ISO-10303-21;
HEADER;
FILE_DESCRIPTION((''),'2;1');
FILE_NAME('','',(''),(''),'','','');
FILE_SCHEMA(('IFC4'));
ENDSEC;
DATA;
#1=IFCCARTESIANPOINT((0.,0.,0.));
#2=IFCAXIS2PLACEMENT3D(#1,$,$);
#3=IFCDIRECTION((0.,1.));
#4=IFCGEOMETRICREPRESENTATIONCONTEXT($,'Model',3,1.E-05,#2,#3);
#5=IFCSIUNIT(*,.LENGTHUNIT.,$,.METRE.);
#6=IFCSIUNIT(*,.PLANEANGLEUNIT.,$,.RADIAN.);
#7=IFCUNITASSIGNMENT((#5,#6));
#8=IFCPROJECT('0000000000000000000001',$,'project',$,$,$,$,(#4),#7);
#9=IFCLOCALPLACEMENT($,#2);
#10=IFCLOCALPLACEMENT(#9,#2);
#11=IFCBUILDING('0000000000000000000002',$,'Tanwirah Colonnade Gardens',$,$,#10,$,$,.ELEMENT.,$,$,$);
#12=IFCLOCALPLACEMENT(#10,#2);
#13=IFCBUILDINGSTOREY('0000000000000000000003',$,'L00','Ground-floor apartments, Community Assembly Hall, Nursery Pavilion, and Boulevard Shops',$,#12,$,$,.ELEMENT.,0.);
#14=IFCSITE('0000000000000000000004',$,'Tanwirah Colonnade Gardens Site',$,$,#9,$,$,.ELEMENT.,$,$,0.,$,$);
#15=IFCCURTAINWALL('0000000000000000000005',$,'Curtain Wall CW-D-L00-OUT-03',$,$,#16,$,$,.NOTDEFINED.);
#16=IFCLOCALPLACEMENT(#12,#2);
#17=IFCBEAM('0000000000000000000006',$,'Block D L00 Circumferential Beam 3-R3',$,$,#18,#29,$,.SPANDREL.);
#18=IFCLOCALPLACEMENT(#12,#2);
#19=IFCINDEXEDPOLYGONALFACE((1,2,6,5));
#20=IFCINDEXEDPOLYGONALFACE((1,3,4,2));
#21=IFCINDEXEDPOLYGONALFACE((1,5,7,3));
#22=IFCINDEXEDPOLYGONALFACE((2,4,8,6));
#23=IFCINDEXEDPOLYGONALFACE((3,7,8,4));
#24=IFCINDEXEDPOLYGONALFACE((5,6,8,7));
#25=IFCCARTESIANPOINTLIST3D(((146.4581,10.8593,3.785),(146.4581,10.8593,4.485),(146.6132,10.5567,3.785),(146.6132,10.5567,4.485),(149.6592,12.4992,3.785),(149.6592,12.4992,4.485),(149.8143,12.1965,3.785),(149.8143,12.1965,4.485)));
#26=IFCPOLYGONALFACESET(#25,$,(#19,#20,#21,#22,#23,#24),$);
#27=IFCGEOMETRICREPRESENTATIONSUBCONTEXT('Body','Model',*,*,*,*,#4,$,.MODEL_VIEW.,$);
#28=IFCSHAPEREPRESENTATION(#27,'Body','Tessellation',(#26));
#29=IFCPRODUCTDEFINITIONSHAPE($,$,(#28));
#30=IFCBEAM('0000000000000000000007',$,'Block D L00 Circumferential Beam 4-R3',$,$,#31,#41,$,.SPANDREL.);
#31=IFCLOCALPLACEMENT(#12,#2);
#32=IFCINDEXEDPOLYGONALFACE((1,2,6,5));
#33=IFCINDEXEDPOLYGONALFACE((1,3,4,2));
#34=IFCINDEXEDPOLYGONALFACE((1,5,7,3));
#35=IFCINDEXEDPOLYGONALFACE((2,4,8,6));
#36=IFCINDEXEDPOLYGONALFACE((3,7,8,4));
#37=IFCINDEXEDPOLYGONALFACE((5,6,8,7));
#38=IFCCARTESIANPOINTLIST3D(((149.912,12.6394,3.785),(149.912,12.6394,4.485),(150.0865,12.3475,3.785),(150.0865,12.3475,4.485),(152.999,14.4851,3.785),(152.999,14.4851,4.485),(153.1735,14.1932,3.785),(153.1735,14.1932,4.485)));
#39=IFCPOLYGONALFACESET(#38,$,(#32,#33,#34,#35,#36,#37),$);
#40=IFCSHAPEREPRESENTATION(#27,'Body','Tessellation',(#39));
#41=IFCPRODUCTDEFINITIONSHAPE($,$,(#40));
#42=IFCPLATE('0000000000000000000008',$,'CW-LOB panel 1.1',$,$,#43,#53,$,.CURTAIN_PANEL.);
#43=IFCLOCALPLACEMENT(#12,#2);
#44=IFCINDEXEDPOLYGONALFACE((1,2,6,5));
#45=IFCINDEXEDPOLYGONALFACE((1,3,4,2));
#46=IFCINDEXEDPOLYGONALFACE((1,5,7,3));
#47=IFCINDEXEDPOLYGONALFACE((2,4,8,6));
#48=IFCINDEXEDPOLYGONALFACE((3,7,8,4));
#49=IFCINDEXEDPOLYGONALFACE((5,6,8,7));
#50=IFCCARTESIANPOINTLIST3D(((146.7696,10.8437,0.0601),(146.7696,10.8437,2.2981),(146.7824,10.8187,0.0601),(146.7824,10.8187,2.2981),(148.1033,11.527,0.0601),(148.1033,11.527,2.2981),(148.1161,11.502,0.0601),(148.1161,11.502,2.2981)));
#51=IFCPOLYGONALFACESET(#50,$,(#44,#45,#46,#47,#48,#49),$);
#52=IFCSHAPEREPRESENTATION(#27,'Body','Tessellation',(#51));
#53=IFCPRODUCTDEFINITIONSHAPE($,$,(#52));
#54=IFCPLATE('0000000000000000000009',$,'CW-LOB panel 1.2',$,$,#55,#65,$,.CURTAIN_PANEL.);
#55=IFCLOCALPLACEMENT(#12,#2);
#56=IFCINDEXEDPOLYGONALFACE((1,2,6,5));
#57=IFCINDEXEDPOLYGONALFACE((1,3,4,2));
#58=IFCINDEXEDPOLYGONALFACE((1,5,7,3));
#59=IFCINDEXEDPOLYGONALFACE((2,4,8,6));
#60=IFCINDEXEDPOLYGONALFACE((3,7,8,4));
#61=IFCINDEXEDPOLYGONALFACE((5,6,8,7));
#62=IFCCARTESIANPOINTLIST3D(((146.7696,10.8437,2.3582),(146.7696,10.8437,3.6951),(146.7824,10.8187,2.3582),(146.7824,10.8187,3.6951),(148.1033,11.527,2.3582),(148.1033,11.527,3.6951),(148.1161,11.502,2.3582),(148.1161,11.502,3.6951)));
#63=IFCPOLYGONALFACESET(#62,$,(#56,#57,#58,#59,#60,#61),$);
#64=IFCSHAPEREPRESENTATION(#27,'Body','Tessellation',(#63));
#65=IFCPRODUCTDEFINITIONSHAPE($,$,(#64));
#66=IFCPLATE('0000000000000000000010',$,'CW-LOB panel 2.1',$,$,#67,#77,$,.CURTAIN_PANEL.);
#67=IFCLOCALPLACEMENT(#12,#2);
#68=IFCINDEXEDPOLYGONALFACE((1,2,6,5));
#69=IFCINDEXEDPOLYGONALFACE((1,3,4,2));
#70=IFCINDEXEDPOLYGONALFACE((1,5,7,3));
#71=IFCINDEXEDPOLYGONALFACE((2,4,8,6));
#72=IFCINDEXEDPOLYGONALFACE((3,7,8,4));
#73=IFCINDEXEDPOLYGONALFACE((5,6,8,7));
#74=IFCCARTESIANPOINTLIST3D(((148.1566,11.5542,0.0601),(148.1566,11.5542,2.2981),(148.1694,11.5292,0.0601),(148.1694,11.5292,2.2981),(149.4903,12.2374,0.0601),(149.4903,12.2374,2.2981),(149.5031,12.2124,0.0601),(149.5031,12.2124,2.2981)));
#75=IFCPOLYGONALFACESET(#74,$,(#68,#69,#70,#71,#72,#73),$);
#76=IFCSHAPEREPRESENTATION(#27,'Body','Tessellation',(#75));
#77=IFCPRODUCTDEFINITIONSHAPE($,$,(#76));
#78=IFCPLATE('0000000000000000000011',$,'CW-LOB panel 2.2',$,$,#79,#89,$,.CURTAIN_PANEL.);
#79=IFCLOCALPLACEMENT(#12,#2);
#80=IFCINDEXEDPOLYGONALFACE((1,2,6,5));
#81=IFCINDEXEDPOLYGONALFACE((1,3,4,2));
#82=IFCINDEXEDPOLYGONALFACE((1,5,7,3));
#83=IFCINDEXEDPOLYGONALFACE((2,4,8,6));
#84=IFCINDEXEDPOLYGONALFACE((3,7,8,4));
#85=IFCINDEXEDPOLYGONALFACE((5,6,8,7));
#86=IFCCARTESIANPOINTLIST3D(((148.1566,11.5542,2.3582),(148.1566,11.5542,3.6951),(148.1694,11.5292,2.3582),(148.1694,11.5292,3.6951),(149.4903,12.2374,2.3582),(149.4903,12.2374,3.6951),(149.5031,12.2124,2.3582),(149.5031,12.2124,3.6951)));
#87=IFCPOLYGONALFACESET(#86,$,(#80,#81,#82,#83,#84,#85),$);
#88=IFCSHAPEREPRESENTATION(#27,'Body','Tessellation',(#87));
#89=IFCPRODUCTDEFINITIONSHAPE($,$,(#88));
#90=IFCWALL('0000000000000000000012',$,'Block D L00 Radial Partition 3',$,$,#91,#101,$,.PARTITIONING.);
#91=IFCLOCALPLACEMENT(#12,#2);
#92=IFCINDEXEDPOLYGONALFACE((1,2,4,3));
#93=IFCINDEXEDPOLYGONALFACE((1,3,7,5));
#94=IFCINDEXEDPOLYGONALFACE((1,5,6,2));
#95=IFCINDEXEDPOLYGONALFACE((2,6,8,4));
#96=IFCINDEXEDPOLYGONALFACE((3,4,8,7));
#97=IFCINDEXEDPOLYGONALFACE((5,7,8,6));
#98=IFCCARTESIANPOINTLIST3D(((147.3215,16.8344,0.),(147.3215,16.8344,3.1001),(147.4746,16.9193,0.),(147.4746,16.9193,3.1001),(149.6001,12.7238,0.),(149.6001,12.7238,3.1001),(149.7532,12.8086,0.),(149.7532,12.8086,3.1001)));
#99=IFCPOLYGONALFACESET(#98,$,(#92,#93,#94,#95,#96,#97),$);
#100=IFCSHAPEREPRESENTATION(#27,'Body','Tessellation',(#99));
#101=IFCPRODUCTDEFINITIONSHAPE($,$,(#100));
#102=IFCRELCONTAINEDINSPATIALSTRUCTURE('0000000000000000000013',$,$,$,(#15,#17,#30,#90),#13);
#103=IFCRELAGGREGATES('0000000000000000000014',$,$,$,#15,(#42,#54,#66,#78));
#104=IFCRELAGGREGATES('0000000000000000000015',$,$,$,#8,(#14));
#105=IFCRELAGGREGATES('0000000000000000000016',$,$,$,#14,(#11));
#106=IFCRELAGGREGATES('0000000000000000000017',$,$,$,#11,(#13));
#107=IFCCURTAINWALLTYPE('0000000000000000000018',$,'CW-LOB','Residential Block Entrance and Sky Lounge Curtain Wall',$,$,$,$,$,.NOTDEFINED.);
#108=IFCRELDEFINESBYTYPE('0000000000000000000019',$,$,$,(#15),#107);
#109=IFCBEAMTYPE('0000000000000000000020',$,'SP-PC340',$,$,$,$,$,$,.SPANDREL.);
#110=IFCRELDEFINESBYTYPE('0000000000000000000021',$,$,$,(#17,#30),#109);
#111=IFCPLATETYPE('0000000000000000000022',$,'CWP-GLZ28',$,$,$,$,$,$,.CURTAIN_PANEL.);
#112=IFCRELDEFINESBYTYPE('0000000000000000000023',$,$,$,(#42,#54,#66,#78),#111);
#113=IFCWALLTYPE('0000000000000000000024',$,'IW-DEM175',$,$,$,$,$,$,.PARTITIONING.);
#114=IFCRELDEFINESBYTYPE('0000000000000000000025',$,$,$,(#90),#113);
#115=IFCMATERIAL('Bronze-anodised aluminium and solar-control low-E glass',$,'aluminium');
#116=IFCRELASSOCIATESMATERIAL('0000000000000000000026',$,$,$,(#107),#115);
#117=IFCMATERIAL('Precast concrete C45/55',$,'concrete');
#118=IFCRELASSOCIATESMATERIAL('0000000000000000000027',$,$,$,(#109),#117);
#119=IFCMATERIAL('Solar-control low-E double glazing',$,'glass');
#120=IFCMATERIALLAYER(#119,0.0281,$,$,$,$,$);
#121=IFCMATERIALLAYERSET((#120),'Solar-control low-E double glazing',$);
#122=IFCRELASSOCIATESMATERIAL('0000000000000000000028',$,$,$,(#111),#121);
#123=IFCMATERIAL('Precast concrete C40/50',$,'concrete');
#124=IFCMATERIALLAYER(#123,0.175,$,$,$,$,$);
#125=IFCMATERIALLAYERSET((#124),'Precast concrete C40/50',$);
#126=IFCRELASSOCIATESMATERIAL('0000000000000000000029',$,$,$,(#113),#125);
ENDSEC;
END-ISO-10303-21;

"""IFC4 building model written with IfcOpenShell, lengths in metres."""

from ifc_helpers import new_model, si_unit, direction, frame, frame_2d, origin, origin_2d, place, context, subcontext, project, spatial, rectangle, extrude, material, layer, layer_set, material_profile, profile_set, type_object, element, aggregate, save


model = new_model("IFC4")

# Units and contexts
model_context = context("Model", 3, precision=1e-05, world=origin(), true_north=direction((0.0, 1.0)))
body_context = subcontext(model_context, "Body", "Model", "MODEL_VIEW")
ifc_project = project(units=[si_unit("LENGTHUNIT", "METRE"), si_unit("PLANEANGLEUNIT", "RADIAN")], contexts=[model_context])

# Site, building, storey
site_placement = place(None, origin())
site = spatial("IfcSite", under=ifc_project, at=site_placement, Name="Tanwirah Colonnade Gardens Site", CompositionType="ELEMENT", RefElevation=0.0)
building_placement = place(site_placement, origin())
building = spatial("IfcBuilding", under=site, at=building_placement, Name="Tanwirah Colonnade Gardens", CompositionType="ELEMENT")
storey_placement = place(building_placement, origin())
storey = spatial("IfcBuildingStorey", under=building, at=storey_placement, Name="L00", Description="Ground-floor apartments, Community Assembly Hall, Nursery Pavilion, and Boulevard Shops", CompositionType="ELEMENT", Elevation=0.0)

# Shared definitions
ifc_material_1 = material(Name="Precast concrete C45/55", Category="concrete")

# Curtain wall
ifc_material_2 = material(Name="Bronze-anodised aluminium and solar-control low-E glass", Category="aluminium")
curtain_wall_type = type_object("IfcCurtainWallType", Name="CW-LOB", Description="Residential Block Entrance and Sky Lounge Curtain Wall", PredefinedType="NOTDEFINED", material=ifc_material_2)
curtain_wall_placement = place(storey_placement, origin())
curtain_wall = element("IfcCurtainWall", 1, at=curtain_wall_placement, inside=storey, type_object=curtain_wall_type, Name="Curtain Wall CW-D-L00-OUT-03", PredefinedType="NOTDEFINED")

# Beams
ifc_material_profile_1 = material_profile(ifc_material_1, rectangle(XDim=0.3401, YDim=0.7, at=origin_2d()), Name="PC-SP 340x700")
ifc_profile_set_1 = profile_set([ifc_material_profile_1], Name="Precast concrete C45/55")
beam_type_1 = type_object("IfcBeamType", Name="SP-PC340", PredefinedType="SPANDREL", material=ifc_profile_set_1)
for number, where, z_axis, x_axis, name in (
    (2, (146.5356, 10.708, 4.135), (0.890013, 0.455935, 0.0), (-0.455935, 0.890013, 0.0), "Block D L00 Circumferential Beam 3-R3"),
    (3, (149.9993, 12.4934, 4.135), (0.858283, 0.513177, 0.0), (-0.513177, 0.858283, 0.0), "Block D L00 Circumferential Beam 4-R3"),
):
    element("IfcBeam", number, at=place(storey_placement, frame(where, z_axis=z_axis, x_axis=x_axis)), inside=storey, type_object=beam_type_1, Name=name, PredefinedType="SPANDREL", context=body_context, shape_type="SweptSolid", body=[
        extrude(rectangle(XDim=0.3401, YDim=0.7, at=origin_2d()), origin(), (0.0, 0.0, 1.0), 3.5967),
    ])

# Plates
ifc_material_3 = material(Name="Solar-control low-E double glazing", Category="glass")
ifc_layer_1 = layer(ifc_material_3, 0.0281)
ifc_layer_set_1 = layer_set([ifc_layer_1], Name="Solar-control low-E double glazing")
plate_type = type_object("IfcPlateType", Name="CWP-GLZ28", PredefinedType="CURTAIN_PANEL", material=ifc_layer_set_1)
plate_1_placement = place(storey_placement, frame((147.4429, 11.1729, 0.0601), z_axis=(0.0, 0.0, 1.0), x_axis=(0.890014, 0.455933, 0.0)))
plate_1 = element("IfcPlate", 4, at=plate_1_placement, type_object=plate_type, Name="CW-LOB panel 1.1", PredefinedType="CURTAIN_PANEL", context=body_context, shape_type="SweptSolid", body=[
    extrude(rectangle(XDim=1.4985, YDim=0.0281, at=origin_2d()), origin(), (0.0, 0.0, 1.0), 2.238),
])
plate_2_placement = place(storey_placement, frame((147.4429, 11.1729, 2.3582), z_axis=(0.0, 0.0, 1.0), x_axis=(0.890014, 0.455933, 0.0)))
plate_2 = element("IfcPlate", 5, at=plate_2_placement, type_object=plate_type, Name="CW-LOB panel 1.2", PredefinedType="CURTAIN_PANEL", context=body_context, shape_type="SweptSolid", body=[
    extrude(rectangle(XDim=1.4985, YDim=0.0281, at=origin_2d()), origin(), (0.0, 0.0, 1.0), 1.3369),
])
plate_3_placement = place(storey_placement, frame((148.8298, 11.8833, 0.0601), z_axis=(0.0, 0.0, 1.0), x_axis=(0.890014, 0.455933, 0.0)))
plate_3 = element("IfcPlate", 6, at=plate_3_placement, type_object=plate_type, Name="CW-LOB panel 2.1", PredefinedType="CURTAIN_PANEL", context=body_context, shape_type="SweptSolid", body=[
    extrude(rectangle(XDim=1.4985, YDim=0.0281, at=origin_2d()), origin(), (0.0, 0.0, 1.0), 2.238),
])
plate_4_placement = place(storey_placement, frame((148.8298, 11.8833, 2.3582), z_axis=(0.0, 0.0, 1.0), x_axis=(0.890014, 0.455933, 0.0)))
plate_4 = element("IfcPlate", 7, at=plate_4_placement, type_object=plate_type, Name="CW-LOB panel 2.2", PredefinedType="CURTAIN_PANEL", context=body_context, shape_type="SweptSolid", body=[
    extrude(rectangle(XDim=1.4985, YDim=0.0281, at=origin_2d()), origin(), (0.0, 0.0, 1.0), 1.3369),
])
aggregate(curtain_wall, [plate_1, plate_2, plate_3, plate_4])

# Wall
ifc_material_4 = material(Name="Precast concrete C40/50", Category="concrete")
ifc_layer_2 = layer(ifc_material_4, 0.175)
ifc_layer_set_2 = layer_set([ifc_layer_2], Name="Precast concrete C40/50")
wall_type = type_object("IfcWallType", Name="IW-DEM175", PredefinedType="PARTITIONING", material=ifc_layer_set_2)
wall_placement = place(storey_placement, frame((147.3979, 16.877, 0.0), z_axis=(0.0, 0.0, 1.0), x_axis=(0.484814, -0.874618, 0.0)))
element("IfcWall", 8, at=wall_placement, inside=storey, type_object=wall_type, Name="Block D L00 Radial Partition 3", PredefinedType="PARTITIONING", context=body_context, shape_type="SweptSolid", body=[
    extrude(rectangle(XDim=4.7, YDim=0.175, at=frame_2d((2.3501, 0.0))), origin(), (0.0, 0.0, 1.0), 3.1001),
])

save(model, "model.ifc")
